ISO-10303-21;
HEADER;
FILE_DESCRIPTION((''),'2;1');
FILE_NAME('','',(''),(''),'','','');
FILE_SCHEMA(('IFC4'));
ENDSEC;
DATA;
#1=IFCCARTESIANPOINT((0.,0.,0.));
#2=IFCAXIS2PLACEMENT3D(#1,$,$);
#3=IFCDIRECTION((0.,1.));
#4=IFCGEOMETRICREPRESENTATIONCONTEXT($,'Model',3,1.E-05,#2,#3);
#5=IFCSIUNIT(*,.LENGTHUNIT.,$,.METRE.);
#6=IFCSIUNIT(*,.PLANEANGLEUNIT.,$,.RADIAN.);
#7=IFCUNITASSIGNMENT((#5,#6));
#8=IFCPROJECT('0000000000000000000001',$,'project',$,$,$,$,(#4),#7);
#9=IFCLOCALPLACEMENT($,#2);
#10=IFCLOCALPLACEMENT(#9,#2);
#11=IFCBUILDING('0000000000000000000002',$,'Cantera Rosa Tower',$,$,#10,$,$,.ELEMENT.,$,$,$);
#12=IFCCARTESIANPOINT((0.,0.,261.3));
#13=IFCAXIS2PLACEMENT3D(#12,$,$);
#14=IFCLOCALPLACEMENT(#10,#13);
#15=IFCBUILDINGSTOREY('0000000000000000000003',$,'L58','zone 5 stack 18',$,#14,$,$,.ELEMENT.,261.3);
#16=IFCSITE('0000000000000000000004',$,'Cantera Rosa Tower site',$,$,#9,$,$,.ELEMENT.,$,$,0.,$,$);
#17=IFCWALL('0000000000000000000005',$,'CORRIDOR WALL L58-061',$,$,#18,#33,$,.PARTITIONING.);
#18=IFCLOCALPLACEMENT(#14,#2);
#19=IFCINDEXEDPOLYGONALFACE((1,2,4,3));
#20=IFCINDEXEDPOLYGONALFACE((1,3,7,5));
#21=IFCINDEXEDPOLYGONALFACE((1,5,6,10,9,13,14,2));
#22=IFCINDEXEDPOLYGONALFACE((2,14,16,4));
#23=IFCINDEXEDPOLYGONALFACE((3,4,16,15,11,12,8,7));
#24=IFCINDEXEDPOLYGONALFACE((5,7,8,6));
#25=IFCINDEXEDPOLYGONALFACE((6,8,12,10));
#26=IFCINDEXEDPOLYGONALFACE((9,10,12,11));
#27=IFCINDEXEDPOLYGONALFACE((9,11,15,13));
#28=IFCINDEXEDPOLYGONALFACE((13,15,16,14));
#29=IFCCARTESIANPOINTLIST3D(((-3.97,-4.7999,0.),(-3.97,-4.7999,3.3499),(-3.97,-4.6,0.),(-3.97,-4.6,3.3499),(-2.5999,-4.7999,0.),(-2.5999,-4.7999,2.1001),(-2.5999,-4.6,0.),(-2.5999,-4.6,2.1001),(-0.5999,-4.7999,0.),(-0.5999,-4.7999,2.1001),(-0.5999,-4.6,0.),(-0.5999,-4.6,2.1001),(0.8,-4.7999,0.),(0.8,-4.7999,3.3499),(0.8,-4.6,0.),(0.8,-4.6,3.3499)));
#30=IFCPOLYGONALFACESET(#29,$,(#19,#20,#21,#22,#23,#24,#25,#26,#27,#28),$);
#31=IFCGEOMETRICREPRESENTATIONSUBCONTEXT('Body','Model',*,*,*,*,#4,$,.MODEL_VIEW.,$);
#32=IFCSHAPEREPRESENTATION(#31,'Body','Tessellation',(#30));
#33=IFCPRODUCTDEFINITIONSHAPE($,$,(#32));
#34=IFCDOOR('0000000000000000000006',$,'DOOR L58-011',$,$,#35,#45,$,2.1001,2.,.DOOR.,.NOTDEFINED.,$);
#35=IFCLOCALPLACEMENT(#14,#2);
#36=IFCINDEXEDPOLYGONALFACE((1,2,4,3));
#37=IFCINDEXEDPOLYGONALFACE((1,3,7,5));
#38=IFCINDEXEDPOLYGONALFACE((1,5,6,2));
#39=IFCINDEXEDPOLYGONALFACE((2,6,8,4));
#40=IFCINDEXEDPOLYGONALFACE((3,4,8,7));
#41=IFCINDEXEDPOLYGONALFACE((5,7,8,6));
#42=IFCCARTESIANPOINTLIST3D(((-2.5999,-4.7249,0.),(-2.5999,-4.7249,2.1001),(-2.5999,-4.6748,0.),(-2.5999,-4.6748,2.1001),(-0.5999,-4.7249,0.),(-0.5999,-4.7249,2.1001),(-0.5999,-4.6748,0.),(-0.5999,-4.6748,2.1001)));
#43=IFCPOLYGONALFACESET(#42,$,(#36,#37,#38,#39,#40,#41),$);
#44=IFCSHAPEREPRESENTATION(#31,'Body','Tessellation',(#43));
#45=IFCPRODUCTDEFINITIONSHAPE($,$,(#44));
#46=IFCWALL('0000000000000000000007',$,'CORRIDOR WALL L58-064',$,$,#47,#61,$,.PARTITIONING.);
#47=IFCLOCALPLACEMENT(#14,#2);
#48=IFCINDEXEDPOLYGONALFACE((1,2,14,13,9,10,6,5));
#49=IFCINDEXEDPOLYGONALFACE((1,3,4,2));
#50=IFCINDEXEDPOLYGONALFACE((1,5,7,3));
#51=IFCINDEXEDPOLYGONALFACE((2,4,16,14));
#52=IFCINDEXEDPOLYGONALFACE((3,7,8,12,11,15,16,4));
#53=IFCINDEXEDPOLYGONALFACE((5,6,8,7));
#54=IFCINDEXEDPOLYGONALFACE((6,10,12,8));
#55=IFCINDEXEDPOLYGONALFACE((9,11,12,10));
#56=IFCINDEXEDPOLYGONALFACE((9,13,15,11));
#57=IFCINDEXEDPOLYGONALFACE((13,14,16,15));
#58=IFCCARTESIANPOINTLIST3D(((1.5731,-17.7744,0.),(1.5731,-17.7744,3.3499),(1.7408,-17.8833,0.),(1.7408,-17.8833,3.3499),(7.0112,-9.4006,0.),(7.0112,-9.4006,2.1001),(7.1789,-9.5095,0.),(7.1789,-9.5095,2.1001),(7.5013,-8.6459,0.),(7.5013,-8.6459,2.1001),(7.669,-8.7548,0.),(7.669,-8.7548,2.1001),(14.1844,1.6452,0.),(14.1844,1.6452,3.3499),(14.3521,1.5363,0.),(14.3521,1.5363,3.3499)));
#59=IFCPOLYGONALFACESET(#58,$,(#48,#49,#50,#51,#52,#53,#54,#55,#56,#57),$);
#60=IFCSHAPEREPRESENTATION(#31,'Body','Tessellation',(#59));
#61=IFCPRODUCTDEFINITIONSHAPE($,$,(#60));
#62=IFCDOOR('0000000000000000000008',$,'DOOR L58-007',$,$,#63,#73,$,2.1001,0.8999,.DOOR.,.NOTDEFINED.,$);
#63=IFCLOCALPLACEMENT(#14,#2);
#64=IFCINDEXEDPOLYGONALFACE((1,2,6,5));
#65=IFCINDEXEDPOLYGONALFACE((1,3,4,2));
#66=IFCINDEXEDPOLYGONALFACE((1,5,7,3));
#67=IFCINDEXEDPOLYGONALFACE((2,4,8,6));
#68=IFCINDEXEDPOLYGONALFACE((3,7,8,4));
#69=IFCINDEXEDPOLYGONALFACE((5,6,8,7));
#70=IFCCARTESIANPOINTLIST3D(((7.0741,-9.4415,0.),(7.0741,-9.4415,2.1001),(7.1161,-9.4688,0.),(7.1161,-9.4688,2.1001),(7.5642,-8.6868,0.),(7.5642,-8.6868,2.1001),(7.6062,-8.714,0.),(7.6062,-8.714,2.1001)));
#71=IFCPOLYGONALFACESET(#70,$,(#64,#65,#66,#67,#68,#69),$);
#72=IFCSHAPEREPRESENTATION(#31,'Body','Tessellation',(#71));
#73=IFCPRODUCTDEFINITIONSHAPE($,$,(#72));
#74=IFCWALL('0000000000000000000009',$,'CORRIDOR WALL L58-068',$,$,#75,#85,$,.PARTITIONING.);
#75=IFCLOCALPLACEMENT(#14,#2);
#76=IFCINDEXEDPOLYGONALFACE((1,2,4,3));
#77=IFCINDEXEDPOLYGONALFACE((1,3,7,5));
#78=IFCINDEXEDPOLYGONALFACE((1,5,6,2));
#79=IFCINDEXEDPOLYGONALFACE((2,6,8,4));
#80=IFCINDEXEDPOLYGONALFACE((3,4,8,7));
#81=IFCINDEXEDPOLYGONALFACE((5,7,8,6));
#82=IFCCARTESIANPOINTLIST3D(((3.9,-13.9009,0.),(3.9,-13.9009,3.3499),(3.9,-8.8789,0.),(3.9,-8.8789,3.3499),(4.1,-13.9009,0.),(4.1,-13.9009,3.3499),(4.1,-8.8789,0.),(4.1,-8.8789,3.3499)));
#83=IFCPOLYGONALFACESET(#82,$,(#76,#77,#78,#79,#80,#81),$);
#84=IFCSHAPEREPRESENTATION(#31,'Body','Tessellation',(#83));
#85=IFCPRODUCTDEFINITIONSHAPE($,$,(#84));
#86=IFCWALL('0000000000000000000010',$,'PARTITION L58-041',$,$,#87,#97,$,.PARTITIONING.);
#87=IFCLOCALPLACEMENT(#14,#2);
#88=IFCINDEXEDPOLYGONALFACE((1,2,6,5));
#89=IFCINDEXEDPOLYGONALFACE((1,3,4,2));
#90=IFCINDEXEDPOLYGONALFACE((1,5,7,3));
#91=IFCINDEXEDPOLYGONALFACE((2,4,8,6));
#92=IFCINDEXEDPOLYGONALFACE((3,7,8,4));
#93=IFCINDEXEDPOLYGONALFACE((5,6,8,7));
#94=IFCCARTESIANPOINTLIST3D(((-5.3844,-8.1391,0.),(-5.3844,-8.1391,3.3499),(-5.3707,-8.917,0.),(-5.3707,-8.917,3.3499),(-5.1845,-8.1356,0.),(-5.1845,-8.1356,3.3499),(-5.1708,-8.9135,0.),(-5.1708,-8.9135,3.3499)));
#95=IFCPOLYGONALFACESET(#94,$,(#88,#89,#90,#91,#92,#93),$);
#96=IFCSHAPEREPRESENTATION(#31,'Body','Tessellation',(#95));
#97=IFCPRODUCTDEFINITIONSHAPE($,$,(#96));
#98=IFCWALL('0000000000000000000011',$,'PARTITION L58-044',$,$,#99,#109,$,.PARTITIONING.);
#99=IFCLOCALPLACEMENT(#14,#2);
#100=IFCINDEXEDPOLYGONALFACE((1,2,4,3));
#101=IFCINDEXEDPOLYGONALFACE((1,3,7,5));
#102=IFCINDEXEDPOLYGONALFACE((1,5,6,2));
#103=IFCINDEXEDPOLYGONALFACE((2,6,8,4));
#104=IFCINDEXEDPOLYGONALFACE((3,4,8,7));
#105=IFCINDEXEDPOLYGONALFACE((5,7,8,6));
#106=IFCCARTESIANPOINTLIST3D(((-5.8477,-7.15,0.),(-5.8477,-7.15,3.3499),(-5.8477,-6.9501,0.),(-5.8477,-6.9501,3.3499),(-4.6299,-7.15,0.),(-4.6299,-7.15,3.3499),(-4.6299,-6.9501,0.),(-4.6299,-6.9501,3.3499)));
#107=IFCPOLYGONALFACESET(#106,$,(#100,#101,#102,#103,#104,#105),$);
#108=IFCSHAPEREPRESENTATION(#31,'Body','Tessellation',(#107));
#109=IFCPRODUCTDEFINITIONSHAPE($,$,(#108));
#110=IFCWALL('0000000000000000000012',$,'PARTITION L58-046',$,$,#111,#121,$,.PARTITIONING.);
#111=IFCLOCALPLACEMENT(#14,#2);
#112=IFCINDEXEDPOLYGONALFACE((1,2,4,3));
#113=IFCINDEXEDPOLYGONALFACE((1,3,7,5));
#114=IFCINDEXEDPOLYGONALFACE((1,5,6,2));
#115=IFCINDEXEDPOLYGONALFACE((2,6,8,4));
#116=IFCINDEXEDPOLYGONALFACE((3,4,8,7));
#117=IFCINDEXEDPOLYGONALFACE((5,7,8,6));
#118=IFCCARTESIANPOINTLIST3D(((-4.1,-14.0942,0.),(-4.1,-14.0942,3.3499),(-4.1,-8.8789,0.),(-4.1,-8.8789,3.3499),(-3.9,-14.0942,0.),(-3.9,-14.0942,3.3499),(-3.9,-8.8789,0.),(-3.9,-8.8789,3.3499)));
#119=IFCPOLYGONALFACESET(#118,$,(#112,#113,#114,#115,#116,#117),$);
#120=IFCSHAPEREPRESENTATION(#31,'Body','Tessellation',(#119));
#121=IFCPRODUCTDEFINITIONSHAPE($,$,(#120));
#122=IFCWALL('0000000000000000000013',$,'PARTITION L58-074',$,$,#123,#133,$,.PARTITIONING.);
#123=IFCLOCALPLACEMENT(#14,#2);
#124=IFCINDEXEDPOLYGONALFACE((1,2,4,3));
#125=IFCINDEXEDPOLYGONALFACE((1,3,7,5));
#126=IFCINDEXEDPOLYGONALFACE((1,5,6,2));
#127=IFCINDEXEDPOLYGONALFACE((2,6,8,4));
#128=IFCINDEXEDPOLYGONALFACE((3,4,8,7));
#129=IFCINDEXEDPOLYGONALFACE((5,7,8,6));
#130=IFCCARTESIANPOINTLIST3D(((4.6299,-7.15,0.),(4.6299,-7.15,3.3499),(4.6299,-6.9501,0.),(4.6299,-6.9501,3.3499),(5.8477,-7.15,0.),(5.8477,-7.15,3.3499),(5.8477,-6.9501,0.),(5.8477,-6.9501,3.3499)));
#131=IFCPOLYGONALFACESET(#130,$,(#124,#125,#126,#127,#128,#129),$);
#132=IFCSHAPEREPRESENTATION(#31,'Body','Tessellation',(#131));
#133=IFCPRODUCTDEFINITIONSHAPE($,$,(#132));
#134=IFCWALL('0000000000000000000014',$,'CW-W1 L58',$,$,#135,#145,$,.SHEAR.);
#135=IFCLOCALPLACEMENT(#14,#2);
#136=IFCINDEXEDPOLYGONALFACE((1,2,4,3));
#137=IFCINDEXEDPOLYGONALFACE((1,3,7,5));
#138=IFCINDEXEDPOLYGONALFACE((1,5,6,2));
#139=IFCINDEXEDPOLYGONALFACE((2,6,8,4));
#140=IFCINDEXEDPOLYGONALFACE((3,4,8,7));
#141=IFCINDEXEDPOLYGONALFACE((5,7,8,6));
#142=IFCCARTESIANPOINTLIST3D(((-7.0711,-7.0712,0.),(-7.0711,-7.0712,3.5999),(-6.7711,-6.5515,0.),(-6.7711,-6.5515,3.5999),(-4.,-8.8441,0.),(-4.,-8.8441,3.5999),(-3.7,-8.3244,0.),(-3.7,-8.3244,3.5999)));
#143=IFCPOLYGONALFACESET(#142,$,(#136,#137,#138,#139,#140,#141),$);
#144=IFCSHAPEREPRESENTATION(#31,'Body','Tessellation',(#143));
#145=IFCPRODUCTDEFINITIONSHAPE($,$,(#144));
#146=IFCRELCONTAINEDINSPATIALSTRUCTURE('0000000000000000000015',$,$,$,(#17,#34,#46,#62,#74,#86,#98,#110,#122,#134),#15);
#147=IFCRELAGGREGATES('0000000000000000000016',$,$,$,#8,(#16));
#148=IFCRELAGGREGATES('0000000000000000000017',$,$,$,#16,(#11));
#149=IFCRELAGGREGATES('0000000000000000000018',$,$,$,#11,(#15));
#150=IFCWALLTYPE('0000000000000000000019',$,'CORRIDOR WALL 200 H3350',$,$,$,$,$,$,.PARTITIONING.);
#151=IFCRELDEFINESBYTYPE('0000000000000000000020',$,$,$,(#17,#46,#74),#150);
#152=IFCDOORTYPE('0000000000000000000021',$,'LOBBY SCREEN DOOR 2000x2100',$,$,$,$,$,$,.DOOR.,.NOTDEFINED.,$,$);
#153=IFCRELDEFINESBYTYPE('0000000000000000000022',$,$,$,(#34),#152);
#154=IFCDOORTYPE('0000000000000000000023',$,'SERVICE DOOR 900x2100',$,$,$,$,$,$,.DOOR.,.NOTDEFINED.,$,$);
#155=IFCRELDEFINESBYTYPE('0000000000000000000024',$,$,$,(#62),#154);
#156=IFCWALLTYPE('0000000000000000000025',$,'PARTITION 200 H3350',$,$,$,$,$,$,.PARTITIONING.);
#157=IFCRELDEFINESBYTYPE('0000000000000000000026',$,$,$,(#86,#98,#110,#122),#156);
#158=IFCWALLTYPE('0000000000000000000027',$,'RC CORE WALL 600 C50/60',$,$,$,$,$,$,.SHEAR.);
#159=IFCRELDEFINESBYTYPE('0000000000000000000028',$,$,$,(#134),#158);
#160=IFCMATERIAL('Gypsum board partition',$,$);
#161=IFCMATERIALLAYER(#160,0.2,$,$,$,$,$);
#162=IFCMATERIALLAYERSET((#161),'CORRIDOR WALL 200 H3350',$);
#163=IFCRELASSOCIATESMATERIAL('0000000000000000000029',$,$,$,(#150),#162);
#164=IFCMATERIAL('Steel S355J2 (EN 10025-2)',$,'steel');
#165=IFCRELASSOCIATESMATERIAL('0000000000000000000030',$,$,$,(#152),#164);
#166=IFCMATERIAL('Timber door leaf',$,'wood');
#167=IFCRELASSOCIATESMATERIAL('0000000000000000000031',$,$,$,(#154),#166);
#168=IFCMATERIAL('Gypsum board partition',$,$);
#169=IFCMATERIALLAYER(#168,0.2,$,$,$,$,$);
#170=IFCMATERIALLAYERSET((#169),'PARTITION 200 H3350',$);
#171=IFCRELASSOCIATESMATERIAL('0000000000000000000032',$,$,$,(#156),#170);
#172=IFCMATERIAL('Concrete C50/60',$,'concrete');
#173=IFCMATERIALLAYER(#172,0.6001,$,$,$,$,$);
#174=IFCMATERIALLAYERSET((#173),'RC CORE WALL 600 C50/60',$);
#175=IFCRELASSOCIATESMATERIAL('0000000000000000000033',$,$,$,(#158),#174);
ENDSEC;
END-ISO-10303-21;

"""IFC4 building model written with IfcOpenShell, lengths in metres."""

from ifc_helpers import new_model, si_unit, direction, frame, frame_2d, origin, place, context, subcontext, project, spatial, rectangle, extrude, material, layer, layer_set, type_object, element, fill, save


model = new_model("IFC4")

# Units and contexts
model_context = context("Model", 3, precision=1e-05, world=origin(), true_north=direction((0.0, 1.0)))
body_context = subcontext(model_context, "Body", "Model", "MODEL_VIEW")
ifc_project = project(units=[si_unit("LENGTHUNIT", "METRE"), si_unit("PLANEANGLEUNIT", "RADIAN")], contexts=[model_context])

# Site, building, storey
site_placement = place(None, origin())
site = spatial("IfcSite", under=ifc_project, at=site_placement, Name="Cantera Rosa Tower site", CompositionType="ELEMENT", RefElevation=0.0)
building_placement = place(site_placement, origin())
building = spatial("IfcBuilding", under=site, at=building_placement, Name="Cantera Rosa Tower", CompositionType="ELEMENT")
storey_placement = place(building_placement, frame((0.0, 0.0, 261.3)))
storey = spatial("IfcBuildingStorey", under=building, at=storey_placement, Name="L58", Description="zone 5 stack 18", CompositionType="ELEMENT", Elevation=261.3)

# Shared definitions
ifc_material_1 = material(Name="Gypsum board partition")
ifc_layer_1 = layer(ifc_material_1, 0.2)
ifc_layer_set_1 = layer_set([ifc_layer_1], Name="CORRIDOR WALL 200 H3350")
wall_type_1 = type_object("IfcWallType", Name="CORRIDOR WALL 200 H3350", PredefinedType="PARTITIONING", material=ifc_layer_set_1)

# Walls, openings, doors
wall_1_placement = place(storey_placement, frame((0.8, -4.7, 0.0), z_axis=(0.0, 0.0, 1.0), x_axis=(-1.0, 0.0, 0.0)))
wall_1 = element("IfcWall", 1, at=wall_1_placement, inside=storey, type_object=wall_type_1, Name="CORRIDOR WALL L58-061", PredefinedType="PARTITIONING", context=body_context, shape_type="SweptSolid", body=[
    extrude(rectangle(XDim=4.77, YDim=0.2, at=frame_2d((2.385, 0.0))), origin(), (0.0, 0.0, 1.0), 3.3499),
])
opening_1_placement = place(wall_1_placement, frame((1.3999, 0.0, 0.0)))
opening_1 = element("IfcOpeningElement", 2, at=opening_1_placement, cuts=wall_1, PredefinedType="OPENING", context=body_context, shape_type="SweptSolid", body=[
    extrude(rectangle(XDim=2.0, YDim=2.1001, at=frame_2d((1.0, 1.05))), frame((0.0, 0.1099, 0.0), z_axis=(0.0, -1.0, 0.0), x_axis=(1.0, 0.0, 0.0)), (0.0, 0.0, 1.0), 0.22),
])
ifc_material_2 = material(Name="Steel S355J2 (EN 10025-2)", Category="steel")
door_type_1 = type_object("IfcDoorType", Name="LOBBY SCREEN DOOR 2000x2100", OperationType="NOTDEFINED", PredefinedType="DOOR", material=ifc_material_2)
door_1_placement = place(opening_1_placement, origin())
door_1 = element("IfcDoor", 3, at=door_1_placement, inside=storey, type_object=door_type_1, Name="DOOR L58-011", OperationType="NOTDEFINED", OverallHeight=2.1001, OverallWidth=2.0, PredefinedType="DOOR", context=body_context, shape_type="SweptSolid", body=[
    extrude(rectangle(XDim=2.0, YDim=2.1001, at=frame_2d((1.0, 1.05))), frame((0.0, 0.0249, 0.0), z_axis=(0.0, -1.0, 0.0), x_axis=(1.0, 0.0, 0.0)), (0.0, 0.0, 1.0), 0.05),
])
fill(opening_1, door_1)
wall_2_placement = place(storey_placement, frame((1.657, -17.8289, 0.0), z_axis=(0.0, 0.0, 1.0), x_axis=(0.54464, 0.83867, 0.0)))
wall_2 = element("IfcWall", 4, at=wall_2_placement, inside=storey, type_object=wall_type_1, Name="CORRIDOR WALL L58-064", PredefinedType="PARTITIONING", context=body_context, shape_type="SweptSolid", body=[
    extrude(rectangle(XDim=23.1553, YDim=0.2, at=frame_2d((11.5776, 0.0))), origin(), (0.0, 0.0, 1.0), 3.3499),
])
opening_2_placement = place(wall_2_placement, frame((9.9846, 0.0, 0.0)))
opening_2 = element("IfcOpeningElement", 5, at=opening_2_placement, cuts=wall_2, PredefinedType="OPENING", context=body_context, shape_type="SweptSolid", body=[
    extrude(rectangle(XDim=0.8999, YDim=2.1001, at=frame_2d((0.45, 1.05))), frame((0.0, 0.1099, 0.0), z_axis=(0.0, -1.0, 0.0), x_axis=(1.0, 0.0, 0.0)), (0.0, 0.0, 1.0), 0.22),
])
ifc_material_3 = material(Name="Timber door leaf", Category="wood")
door_type_2 = type_object("IfcDoorType", Name="SERVICE DOOR 900x2100", OperationType="NOTDEFINED", PredefinedType="DOOR", material=ifc_material_3)
door_2_placement = place(opening_2_placement, origin())
door_2 = element("IfcDoor", 6, at=door_2_placement, inside=storey, type_object=door_type_2, Name="DOOR L58-007", OperationType="NOTDEFINED", OverallHeight=2.1001, OverallWidth=0.8999, PredefinedType="DOOR", context=body_context, shape_type="SweptSolid", body=[
    extrude(rectangle(XDim=0.8999, YDim=2.1001, at=frame_2d((0.45, 1.05))), frame((0.0, 0.0249, 0.0), z_axis=(0.0, -1.0, 0.0), x_axis=(1.0, 0.0, 0.0)), (0.0, 0.0, 1.0), 0.05),
])
fill(opening_2, door_2)

# Walls
wall_3_placement = place(storey_placement, frame((4.0, -13.9009, 0.0), z_axis=(0.0, 0.0, 1.0), x_axis=(0.0, 1.0, 0.0)))
element("IfcWall", 7, at=wall_3_placement, inside=storey, type_object=wall_type_1, Name="CORRIDOR WALL L58-068", PredefinedType="PARTITIONING", context=body_context, shape_type="SweptSolid", body=[
    extrude(rectangle(XDim=5.022, YDim=0.2, at=frame_2d((2.511, 0.0))), origin(), (0.0, 0.0, 1.0), 3.3499),
])
ifc_material_4 = material(Name="Gypsum board partition")
ifc_layer_2 = layer(ifc_material_4, 0.2)
ifc_layer_set_2 = layer_set([ifc_layer_2], Name="PARTITION 200 H3350")
wall_type_2 = type_object("IfcWallType", Name="PARTITION 200 H3350", PredefinedType="PARTITIONING", material=ifc_layer_set_2)
wall_4_placement = place(storey_placement, frame((-5.2844, -8.1372, 0.0), z_axis=(0.0, 0.0, 1.0), x_axis=(0.017569, -0.999846, 0.0)))
element("IfcWall", 8, at=wall_4_placement, inside=storey, type_object=wall_type_2, Name="PARTITION L58-041", PredefinedType="PARTITIONING", context=body_context, shape_type="SweptSolid", body=[
    extrude(rectangle(XDim=0.7781, YDim=0.2, at=frame_2d((0.3892, 0.0))), origin(), (0.0, 0.0, 1.0), 3.3499),
])
wall_5_placement = place(storey_placement, frame((-4.6299, -7.05, 0.0), z_axis=(0.0, 0.0, 1.0), x_axis=(-1.0, 0.0, 0.0)))
element("IfcWall", 9, at=wall_5_placement, inside=storey, type_object=wall_type_2, Name="PARTITION L58-044", PredefinedType="PARTITIONING", context=body_context, shape_type="SweptSolid", body=[
    extrude(rectangle(XDim=1.2178, YDim=0.2, at=frame_2d((0.6089, 0.0))), origin(), (0.0, 0.0, 1.0), 3.3499),
])
wall_6_placement = place(storey_placement, frame((-4.0, -14.0942, 0.0), z_axis=(0.0, 0.0, 1.0), x_axis=(0.0, 1.0, 0.0)))
element("IfcWall", 10, at=wall_6_placement, inside=storey, type_object=wall_type_2, Name="PARTITION L58-046", PredefinedType="PARTITIONING", context=body_context, shape_type="SweptSolid", body=[
    extrude(rectangle(XDim=5.2153, YDim=0.2, at=frame_2d((2.6077, 0.0))), origin(), (0.0, 0.0, 1.0), 3.3499),
])
wall_7_placement = place(storey_placement, frame((5.8477, -7.05, 0.0), z_axis=(0.0, 0.0, 1.0), x_axis=(-1.0, 0.0, 0.0)))
element("IfcWall", 11, at=wall_7_placement, inside=storey, type_object=wall_type_2, Name="PARTITION L58-074", PredefinedType="PARTITIONING", context=body_context, shape_type="SweptSolid", body=[
    extrude(rectangle(XDim=1.2178, YDim=0.2, at=frame_2d((0.6089, 0.0))), origin(), (0.0, 0.0, 1.0), 3.3499),
])
ifc_material_5 = material(Name="Concrete C50/60", Category="concrete")
ifc_layer_3 = layer(ifc_material_5, 0.6001)
ifc_layer_set_3 = layer_set([ifc_layer_3], Name="RC CORE WALL 600 C50/60")
wall_type_3 = type_object("IfcWallType", Name="RC CORE WALL 600 C50/60", PredefinedType="SHEAR", material=ifc_layer_set_3)
wall_8_placement = place(storey_placement, frame((-3.8501, -8.5842, 0.0), z_axis=(0.0, 0.0, 1.0), x_axis=(-0.86604, 0.499975, 0.0)))
element("IfcWall", 12, at=wall_8_placement, inside=storey, type_object=wall_type_3, Name="CW-W1 L58", PredefinedType="SHEAR", context=body_context, shape_type="SweptSolid", body=[
    extrude(rectangle(XDim=3.5461, YDim=0.6001, at=frame_2d((1.7729, 0.0))), origin(), (0.0, 0.0, 1.0), 3.5999),
])

save(model, "model.ifc")
